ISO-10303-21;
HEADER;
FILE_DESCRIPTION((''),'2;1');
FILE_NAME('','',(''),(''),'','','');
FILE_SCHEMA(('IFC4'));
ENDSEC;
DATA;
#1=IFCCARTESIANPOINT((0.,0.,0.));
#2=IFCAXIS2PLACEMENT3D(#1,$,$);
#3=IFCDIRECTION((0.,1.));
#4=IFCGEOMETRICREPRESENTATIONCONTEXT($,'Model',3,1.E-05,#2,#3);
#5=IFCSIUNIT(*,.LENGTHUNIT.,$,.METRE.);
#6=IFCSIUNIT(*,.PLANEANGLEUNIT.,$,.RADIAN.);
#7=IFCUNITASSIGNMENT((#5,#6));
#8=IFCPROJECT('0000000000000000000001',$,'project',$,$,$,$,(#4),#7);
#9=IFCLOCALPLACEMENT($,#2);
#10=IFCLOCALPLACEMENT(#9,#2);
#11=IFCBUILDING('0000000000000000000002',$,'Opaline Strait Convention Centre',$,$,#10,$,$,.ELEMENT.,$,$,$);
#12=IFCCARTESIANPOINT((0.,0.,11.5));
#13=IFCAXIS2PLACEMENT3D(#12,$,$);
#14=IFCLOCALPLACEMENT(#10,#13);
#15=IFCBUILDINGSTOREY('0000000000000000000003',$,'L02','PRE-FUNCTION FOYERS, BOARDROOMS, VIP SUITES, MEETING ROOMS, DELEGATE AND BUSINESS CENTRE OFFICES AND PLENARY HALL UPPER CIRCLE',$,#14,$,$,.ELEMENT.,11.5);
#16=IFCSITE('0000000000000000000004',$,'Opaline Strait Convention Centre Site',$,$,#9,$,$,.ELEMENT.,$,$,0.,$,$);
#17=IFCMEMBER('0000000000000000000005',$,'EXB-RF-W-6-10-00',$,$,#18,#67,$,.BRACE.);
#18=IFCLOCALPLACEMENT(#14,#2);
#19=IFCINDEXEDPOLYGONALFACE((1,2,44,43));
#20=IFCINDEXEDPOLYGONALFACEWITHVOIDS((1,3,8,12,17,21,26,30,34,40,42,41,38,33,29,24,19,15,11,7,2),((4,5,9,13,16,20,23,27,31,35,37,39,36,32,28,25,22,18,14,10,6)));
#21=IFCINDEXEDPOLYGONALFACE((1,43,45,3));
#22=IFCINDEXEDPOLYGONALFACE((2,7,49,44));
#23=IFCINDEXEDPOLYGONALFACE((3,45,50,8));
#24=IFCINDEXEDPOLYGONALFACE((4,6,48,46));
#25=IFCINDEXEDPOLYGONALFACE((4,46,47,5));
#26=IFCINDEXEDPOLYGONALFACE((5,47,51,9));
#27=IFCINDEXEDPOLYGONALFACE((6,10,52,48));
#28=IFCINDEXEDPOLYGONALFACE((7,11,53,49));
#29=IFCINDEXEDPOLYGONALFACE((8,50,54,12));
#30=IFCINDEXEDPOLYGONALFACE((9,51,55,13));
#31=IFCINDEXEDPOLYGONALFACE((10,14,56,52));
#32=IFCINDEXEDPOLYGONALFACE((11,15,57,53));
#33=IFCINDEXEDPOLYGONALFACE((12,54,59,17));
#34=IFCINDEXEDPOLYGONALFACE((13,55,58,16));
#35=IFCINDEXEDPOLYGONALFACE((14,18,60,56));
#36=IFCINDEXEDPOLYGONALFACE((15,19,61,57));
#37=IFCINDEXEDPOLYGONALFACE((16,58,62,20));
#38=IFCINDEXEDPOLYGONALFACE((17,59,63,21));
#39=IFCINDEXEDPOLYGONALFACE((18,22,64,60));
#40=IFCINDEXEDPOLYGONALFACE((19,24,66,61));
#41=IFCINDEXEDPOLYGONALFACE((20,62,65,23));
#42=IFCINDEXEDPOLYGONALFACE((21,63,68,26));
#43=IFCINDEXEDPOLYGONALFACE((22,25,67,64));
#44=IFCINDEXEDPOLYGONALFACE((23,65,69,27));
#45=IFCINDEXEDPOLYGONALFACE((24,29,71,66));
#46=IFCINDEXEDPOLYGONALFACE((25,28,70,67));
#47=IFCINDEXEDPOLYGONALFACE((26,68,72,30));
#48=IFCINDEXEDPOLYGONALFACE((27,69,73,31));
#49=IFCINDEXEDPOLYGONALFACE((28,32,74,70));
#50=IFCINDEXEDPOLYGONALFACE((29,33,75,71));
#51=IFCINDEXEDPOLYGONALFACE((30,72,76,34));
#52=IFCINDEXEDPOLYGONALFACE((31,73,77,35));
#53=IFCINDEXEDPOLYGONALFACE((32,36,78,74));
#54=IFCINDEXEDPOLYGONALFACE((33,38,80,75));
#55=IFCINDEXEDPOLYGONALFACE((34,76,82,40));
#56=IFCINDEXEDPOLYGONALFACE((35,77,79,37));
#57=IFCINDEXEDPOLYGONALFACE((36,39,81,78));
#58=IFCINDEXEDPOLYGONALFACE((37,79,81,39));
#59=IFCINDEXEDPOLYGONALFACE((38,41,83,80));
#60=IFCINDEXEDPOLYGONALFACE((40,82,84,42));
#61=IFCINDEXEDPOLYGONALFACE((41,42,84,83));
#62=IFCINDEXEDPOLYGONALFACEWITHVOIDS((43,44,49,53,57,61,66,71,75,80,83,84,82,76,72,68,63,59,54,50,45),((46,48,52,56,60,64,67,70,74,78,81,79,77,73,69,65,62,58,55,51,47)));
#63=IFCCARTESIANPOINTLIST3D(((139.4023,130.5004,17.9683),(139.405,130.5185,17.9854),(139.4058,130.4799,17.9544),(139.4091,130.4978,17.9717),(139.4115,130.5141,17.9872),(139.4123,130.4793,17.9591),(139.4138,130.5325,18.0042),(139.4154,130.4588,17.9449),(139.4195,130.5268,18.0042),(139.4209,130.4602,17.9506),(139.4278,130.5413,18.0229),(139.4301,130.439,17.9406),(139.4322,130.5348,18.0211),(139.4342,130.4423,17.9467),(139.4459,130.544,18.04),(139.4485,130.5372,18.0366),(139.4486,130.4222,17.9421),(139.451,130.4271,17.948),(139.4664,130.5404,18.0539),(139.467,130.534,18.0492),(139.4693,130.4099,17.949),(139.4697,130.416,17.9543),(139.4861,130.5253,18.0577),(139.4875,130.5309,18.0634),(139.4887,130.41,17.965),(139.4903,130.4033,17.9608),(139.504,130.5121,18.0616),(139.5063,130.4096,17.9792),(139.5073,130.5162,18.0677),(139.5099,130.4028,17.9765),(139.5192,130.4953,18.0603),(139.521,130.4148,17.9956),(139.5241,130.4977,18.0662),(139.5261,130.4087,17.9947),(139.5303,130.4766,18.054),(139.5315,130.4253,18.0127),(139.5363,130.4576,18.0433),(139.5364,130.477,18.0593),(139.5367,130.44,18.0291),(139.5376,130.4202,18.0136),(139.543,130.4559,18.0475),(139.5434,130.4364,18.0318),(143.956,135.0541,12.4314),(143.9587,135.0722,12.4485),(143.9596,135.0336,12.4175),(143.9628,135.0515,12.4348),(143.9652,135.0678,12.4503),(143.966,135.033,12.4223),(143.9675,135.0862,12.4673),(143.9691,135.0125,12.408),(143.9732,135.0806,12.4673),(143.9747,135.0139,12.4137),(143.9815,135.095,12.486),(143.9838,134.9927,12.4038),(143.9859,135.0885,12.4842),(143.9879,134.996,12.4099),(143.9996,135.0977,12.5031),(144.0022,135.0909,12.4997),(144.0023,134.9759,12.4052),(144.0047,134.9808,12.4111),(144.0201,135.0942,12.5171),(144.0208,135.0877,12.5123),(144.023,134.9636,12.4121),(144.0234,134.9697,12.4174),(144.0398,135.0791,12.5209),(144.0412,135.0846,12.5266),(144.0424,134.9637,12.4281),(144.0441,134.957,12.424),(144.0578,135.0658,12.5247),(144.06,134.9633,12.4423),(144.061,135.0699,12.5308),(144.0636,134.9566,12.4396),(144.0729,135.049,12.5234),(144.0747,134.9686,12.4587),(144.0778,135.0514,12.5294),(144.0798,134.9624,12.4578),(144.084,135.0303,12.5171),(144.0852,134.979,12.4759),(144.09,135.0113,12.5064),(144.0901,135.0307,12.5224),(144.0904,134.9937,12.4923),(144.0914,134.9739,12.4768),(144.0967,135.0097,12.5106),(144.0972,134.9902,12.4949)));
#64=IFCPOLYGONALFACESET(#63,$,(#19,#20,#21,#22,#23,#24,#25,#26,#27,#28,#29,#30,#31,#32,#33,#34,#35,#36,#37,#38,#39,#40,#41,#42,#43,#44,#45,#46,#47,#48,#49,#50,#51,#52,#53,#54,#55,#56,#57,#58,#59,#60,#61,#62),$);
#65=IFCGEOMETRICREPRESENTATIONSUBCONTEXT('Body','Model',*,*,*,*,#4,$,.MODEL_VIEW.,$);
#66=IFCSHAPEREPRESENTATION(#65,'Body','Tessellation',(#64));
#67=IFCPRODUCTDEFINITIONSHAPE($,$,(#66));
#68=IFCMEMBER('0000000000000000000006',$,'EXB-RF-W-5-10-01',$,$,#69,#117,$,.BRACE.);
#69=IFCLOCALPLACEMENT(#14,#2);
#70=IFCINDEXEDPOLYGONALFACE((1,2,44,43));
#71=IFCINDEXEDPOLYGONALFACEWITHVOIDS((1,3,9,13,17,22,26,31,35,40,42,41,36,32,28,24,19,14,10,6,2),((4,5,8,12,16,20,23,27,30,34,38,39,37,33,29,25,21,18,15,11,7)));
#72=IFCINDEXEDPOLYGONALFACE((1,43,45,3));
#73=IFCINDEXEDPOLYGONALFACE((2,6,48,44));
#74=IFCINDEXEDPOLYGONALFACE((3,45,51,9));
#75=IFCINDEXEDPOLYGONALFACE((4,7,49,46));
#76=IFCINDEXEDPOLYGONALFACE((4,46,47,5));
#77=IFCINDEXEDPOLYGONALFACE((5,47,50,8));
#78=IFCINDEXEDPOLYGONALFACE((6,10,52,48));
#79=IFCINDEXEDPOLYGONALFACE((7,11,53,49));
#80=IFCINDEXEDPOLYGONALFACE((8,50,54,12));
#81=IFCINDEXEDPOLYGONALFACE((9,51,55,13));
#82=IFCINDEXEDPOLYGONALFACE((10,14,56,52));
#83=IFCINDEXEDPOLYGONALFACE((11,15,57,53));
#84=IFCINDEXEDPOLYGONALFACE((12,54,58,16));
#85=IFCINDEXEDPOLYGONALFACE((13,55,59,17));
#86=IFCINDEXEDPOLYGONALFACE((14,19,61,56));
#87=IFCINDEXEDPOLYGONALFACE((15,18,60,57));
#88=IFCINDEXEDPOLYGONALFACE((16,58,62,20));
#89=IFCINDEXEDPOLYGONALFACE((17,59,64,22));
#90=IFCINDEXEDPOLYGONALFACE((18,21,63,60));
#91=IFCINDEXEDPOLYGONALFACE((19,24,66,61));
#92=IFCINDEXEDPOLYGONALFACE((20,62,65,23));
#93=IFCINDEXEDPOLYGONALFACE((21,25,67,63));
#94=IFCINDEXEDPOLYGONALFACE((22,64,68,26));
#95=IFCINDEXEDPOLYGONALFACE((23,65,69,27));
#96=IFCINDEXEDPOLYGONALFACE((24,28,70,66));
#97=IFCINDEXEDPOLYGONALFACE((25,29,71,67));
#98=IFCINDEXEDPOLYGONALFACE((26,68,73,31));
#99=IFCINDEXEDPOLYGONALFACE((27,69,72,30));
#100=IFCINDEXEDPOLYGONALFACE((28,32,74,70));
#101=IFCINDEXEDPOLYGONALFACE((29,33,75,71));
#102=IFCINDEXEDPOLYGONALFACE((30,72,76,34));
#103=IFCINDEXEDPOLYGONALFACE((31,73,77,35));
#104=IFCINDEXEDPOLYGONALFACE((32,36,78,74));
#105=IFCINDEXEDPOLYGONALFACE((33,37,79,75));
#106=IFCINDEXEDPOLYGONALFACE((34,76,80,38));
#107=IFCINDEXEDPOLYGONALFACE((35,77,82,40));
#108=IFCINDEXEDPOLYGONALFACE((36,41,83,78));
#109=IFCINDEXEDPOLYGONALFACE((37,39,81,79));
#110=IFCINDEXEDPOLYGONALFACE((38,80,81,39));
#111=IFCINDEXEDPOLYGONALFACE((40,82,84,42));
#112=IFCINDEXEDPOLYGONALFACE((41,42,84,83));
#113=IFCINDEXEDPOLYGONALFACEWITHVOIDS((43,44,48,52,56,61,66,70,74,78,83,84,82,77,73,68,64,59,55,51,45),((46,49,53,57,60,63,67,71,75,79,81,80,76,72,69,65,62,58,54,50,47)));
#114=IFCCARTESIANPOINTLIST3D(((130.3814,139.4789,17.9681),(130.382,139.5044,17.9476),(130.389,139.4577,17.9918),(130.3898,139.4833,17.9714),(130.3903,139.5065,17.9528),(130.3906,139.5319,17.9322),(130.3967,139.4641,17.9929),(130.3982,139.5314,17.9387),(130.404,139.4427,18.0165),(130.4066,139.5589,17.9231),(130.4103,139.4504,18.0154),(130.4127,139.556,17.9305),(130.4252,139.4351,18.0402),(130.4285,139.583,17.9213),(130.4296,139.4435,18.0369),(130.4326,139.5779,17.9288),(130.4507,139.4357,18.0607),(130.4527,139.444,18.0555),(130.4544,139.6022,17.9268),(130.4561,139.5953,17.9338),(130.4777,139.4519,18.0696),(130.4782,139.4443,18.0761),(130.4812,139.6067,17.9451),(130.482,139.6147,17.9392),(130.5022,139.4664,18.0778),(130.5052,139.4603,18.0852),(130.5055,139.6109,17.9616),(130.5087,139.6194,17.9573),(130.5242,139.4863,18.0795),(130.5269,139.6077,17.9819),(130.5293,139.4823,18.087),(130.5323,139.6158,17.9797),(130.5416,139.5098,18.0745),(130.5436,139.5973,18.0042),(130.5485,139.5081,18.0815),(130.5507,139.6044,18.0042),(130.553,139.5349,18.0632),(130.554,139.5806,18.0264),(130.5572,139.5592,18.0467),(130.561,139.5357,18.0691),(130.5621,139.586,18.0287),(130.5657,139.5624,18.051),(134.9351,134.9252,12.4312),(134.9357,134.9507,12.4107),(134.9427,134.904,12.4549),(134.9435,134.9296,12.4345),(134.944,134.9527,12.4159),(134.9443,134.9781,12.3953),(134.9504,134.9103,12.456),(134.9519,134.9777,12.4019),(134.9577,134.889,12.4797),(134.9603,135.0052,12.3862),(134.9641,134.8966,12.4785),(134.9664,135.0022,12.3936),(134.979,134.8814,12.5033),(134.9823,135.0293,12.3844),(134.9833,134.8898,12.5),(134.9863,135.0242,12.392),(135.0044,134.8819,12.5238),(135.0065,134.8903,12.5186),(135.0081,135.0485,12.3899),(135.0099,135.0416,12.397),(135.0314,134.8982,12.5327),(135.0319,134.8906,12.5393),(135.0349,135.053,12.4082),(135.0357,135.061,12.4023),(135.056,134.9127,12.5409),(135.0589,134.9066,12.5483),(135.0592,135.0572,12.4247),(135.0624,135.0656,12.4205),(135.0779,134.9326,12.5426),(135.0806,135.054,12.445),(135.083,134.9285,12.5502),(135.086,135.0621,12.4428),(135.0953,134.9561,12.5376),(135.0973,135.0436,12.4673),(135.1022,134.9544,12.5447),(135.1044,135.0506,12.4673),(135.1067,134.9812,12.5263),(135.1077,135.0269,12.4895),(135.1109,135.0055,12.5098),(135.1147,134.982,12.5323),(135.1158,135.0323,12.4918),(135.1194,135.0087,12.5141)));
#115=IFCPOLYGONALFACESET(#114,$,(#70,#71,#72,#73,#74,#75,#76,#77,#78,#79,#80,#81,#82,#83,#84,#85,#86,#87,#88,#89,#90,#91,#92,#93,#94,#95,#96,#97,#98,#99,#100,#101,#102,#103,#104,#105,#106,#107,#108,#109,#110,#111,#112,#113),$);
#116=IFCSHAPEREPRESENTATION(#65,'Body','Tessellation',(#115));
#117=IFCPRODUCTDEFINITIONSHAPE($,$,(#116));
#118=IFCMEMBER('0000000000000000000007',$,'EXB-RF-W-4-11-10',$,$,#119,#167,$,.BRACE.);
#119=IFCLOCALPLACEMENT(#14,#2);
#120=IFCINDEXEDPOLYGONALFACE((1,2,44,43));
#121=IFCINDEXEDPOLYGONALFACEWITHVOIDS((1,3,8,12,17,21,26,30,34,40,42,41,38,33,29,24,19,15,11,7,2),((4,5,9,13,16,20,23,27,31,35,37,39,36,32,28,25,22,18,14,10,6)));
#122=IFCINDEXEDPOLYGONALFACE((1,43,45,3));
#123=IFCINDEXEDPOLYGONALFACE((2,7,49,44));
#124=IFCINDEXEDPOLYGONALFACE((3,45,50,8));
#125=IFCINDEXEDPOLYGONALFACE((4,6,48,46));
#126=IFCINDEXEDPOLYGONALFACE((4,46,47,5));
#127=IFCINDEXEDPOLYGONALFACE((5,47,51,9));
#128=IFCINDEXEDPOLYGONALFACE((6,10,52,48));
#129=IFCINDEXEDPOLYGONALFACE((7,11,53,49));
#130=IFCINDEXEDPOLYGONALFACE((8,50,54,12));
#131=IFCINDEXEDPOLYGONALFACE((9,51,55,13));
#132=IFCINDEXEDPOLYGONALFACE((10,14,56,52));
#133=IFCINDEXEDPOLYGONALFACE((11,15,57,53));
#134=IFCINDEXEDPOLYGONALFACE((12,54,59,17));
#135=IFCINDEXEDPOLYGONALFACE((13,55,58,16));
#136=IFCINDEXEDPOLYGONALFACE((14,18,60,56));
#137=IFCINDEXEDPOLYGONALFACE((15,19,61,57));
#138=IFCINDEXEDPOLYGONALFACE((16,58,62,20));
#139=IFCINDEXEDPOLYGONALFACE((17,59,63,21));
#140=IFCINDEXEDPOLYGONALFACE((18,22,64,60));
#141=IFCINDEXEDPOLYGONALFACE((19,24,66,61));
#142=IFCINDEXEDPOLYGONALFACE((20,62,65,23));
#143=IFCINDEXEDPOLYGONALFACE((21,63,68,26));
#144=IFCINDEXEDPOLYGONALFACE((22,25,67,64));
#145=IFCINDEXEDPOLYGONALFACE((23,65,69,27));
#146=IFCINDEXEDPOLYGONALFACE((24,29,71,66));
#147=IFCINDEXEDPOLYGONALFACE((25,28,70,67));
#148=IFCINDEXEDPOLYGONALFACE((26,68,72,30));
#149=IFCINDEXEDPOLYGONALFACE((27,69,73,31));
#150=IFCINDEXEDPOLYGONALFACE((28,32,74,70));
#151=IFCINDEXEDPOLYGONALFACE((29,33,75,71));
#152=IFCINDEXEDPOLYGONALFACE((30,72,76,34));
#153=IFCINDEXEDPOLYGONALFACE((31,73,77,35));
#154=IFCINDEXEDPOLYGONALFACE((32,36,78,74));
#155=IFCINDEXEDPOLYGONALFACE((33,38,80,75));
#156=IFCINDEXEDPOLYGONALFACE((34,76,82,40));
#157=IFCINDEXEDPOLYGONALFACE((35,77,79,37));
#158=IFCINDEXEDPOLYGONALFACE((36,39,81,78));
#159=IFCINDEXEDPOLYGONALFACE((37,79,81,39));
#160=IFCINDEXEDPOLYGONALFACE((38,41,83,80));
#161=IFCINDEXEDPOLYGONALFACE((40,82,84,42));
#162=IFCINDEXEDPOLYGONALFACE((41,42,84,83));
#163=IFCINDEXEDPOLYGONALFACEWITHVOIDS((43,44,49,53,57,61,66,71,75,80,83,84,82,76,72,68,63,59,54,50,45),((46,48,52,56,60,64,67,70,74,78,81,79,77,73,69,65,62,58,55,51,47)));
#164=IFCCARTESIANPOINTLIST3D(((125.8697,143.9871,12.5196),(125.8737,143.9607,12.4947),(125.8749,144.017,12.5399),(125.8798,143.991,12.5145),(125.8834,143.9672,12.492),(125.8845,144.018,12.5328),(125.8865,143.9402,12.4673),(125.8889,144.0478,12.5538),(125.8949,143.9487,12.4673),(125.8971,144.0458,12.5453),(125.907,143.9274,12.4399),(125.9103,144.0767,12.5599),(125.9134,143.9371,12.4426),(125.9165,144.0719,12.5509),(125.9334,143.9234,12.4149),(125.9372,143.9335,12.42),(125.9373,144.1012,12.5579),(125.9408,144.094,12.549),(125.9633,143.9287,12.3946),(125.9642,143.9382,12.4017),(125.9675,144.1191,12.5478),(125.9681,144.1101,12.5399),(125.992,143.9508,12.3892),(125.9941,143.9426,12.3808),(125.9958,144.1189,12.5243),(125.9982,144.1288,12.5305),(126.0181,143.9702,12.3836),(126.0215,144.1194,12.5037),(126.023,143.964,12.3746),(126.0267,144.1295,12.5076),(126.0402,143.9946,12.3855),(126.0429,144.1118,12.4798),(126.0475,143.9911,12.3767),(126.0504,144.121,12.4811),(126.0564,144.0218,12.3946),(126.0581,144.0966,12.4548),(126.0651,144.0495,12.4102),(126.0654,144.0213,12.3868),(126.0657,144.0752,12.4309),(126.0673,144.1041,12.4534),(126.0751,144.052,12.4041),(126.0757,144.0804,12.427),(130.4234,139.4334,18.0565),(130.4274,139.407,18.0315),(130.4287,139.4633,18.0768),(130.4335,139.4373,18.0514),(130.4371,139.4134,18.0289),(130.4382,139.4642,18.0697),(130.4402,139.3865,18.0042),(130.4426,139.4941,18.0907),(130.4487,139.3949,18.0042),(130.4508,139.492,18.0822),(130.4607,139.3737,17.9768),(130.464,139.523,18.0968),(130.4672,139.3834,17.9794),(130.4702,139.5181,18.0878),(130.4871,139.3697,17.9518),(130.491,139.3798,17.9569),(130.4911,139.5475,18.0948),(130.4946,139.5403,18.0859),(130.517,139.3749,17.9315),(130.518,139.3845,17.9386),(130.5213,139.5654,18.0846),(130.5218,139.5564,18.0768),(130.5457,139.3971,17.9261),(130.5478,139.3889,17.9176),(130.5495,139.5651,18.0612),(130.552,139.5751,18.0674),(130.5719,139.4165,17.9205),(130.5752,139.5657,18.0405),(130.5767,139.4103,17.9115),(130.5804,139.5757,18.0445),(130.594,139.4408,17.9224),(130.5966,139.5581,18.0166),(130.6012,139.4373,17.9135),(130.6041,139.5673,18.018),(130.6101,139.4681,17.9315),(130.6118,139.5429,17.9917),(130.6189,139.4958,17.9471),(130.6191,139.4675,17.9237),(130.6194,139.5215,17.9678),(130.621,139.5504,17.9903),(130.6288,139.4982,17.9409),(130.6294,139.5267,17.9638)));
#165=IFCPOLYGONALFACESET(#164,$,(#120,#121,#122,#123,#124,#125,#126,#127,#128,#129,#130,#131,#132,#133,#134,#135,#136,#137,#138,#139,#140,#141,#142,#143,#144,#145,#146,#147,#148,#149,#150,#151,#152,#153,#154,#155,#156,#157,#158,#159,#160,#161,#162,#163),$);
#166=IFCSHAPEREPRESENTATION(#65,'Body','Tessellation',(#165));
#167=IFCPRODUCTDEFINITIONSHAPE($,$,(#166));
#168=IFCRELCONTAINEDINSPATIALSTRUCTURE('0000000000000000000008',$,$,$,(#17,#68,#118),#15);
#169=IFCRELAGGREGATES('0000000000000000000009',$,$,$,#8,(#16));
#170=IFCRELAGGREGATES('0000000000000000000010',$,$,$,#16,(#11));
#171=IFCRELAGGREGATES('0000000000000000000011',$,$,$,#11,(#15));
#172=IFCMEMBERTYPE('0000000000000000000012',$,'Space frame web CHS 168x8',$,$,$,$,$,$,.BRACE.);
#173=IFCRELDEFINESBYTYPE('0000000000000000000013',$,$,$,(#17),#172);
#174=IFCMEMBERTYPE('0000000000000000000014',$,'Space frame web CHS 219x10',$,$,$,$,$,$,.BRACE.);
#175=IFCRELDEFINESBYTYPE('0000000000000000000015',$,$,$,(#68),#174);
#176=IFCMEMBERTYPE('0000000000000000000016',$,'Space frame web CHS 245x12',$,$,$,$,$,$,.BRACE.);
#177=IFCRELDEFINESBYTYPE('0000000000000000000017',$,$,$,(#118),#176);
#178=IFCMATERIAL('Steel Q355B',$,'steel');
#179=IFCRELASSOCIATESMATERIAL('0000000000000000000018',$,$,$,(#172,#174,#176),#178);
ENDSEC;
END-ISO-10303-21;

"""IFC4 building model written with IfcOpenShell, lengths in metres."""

from ifc_helpers import new_model, si_unit, direction, frame, origin, origin_2d, place, context, subcontext, project, spatial, hollow_circle, extrude, material, material_profile, profile_set, type_object, element, save


model = new_model("IFC4")

# Units and contexts
model_context = context("Model", 3, precision=1e-05, world=origin(), true_north=direction((0.0, 1.0)))
body_context = subcontext(model_context, "Body", "Model", "MODEL_VIEW")
ifc_project = project(units=[si_unit("LENGTHUNIT", "METRE"), si_unit("PLANEANGLEUNIT", "RADIAN")], contexts=[model_context])

# Site, building, storey
site_placement = place(None, origin())
site = spatial("IfcSite", under=ifc_project, at=site_placement, Name="Opaline Strait Convention Centre Site", CompositionType="ELEMENT", RefElevation=0.0)
building_placement = place(site_placement, origin())
building = spatial("IfcBuilding", under=site, at=building_placement, Name="Opaline Strait Convention Centre", CompositionType="ELEMENT")
storey_placement = place(building_placement, frame((0.0, 0.0, 11.5)))
storey = spatial("IfcBuildingStorey", under=building, at=storey_placement, Name="L02", Description="PRE-FUNCTION FOYERS, BOARDROOMS, VIP SUITES, MEETING ROOMS, DELEGATE AND BUSINESS CENTRE OFFICES AND PLENARY HALL UPPER CIRCLE", CompositionType="ELEMENT", Elevation=11.5)

# Members
ifc_material = material(Name="Steel Q355B", Category="steel")
ifc_material_profile_1 = material_profile(ifc_material, hollow_circle(Radius=0.084, WallThickness=0.0081, at=origin_2d()), Name="CHS 168x8")
ifc_profile_set_1 = profile_set([ifc_material_profile_1], Name="Steel Q355B")
member_type_1 = type_object("IfcMemberType", Name="Space frame web CHS 168x8", PredefinedType="BRACE", material=ifc_profile_set_1)
for number, where, z_axis, x_axis, name in (
    (1, (139.4731, 130.4731, 18.0042), (0.536178, 0.536178, -0.65194), (-0.707107, 0.707107, 0.0), "EXB-RF-W-6-10-00"),
):
    element("IfcMember", number, at=place(storey_placement, frame(where, z_axis=z_axis, x_axis=x_axis)), inside=storey, type_object=member_type_1, Name=name, PredefinedType="BRACE", context=body_context, shape_type="SweptSolid", body=[
        extrude(hollow_circle(Radius=0.084, WallThickness=0.0081, at=origin_2d()), origin(), (0.0, 0.0, 1.0), 8.4929),
    ])
ifc_material_profile_2 = material_profile(ifc_material, hollow_circle(Radius=0.1096, WallThickness=0.01, at=origin_2d()), Name="CHS 219x10")
ifc_profile_set_2 = profile_set([ifc_material_profile_2], Name="Steel Q355B")
member_type_2 = type_object("IfcMemberType", Name="Space frame web CHS 219x10", PredefinedType="BRACE", material=ifc_profile_set_2)
member_1_placement = place(storey_placement, frame((130.4731, 139.5269, 18.0042), z_axis=(0.536178, -0.536178, -0.65194), x_axis=(0.707107, 0.707107, 0.0)))
element("IfcMember", 2, at=member_1_placement, inside=storey, type_object=member_type_2, Name="EXB-RF-W-5-10-01", PredefinedType="BRACE", context=body_context, shape_type="SweptSolid", body=[
    extrude(hollow_circle(Radius=0.1096, WallThickness=0.01, at=origin_2d()), origin(), (0.0, 0.0, 1.0), 8.4929),
])
ifc_material_profile_3 = material_profile(ifc_material, hollow_circle(Radius=0.1226, WallThickness=0.012, at=origin_2d()), Name="CHS 245x12")
ifc_profile_set_3 = profile_set([ifc_material_profile_3], Name="Steel Q355B")
member_type_3 = type_object("IfcMemberType", Name="Space frame web CHS 245x12", PredefinedType="BRACE", material=ifc_profile_set_3)
for number, where, z_axis, x_axis, name in (
    (3, (130.5269, 139.4731, 18.0042), (-0.536178, 0.536178, -0.65194), (-0.707107, -0.707107, 0.0), "EXB-RF-W-4-11-10"),
):
    element("IfcMember", number, at=place(storey_placement, frame(where, z_axis=z_axis, x_axis=x_axis)), inside=storey, type_object=member_type_3, Name=name, PredefinedType="BRACE", context=body_context, shape_type="SweptSolid", body=[
        extrude(hollow_circle(Radius=0.1226, WallThickness=0.012, at=origin_2d()), origin(), (0.0, 0.0, 1.0), 8.4929),
    ])

save(model, "model.ifc")
